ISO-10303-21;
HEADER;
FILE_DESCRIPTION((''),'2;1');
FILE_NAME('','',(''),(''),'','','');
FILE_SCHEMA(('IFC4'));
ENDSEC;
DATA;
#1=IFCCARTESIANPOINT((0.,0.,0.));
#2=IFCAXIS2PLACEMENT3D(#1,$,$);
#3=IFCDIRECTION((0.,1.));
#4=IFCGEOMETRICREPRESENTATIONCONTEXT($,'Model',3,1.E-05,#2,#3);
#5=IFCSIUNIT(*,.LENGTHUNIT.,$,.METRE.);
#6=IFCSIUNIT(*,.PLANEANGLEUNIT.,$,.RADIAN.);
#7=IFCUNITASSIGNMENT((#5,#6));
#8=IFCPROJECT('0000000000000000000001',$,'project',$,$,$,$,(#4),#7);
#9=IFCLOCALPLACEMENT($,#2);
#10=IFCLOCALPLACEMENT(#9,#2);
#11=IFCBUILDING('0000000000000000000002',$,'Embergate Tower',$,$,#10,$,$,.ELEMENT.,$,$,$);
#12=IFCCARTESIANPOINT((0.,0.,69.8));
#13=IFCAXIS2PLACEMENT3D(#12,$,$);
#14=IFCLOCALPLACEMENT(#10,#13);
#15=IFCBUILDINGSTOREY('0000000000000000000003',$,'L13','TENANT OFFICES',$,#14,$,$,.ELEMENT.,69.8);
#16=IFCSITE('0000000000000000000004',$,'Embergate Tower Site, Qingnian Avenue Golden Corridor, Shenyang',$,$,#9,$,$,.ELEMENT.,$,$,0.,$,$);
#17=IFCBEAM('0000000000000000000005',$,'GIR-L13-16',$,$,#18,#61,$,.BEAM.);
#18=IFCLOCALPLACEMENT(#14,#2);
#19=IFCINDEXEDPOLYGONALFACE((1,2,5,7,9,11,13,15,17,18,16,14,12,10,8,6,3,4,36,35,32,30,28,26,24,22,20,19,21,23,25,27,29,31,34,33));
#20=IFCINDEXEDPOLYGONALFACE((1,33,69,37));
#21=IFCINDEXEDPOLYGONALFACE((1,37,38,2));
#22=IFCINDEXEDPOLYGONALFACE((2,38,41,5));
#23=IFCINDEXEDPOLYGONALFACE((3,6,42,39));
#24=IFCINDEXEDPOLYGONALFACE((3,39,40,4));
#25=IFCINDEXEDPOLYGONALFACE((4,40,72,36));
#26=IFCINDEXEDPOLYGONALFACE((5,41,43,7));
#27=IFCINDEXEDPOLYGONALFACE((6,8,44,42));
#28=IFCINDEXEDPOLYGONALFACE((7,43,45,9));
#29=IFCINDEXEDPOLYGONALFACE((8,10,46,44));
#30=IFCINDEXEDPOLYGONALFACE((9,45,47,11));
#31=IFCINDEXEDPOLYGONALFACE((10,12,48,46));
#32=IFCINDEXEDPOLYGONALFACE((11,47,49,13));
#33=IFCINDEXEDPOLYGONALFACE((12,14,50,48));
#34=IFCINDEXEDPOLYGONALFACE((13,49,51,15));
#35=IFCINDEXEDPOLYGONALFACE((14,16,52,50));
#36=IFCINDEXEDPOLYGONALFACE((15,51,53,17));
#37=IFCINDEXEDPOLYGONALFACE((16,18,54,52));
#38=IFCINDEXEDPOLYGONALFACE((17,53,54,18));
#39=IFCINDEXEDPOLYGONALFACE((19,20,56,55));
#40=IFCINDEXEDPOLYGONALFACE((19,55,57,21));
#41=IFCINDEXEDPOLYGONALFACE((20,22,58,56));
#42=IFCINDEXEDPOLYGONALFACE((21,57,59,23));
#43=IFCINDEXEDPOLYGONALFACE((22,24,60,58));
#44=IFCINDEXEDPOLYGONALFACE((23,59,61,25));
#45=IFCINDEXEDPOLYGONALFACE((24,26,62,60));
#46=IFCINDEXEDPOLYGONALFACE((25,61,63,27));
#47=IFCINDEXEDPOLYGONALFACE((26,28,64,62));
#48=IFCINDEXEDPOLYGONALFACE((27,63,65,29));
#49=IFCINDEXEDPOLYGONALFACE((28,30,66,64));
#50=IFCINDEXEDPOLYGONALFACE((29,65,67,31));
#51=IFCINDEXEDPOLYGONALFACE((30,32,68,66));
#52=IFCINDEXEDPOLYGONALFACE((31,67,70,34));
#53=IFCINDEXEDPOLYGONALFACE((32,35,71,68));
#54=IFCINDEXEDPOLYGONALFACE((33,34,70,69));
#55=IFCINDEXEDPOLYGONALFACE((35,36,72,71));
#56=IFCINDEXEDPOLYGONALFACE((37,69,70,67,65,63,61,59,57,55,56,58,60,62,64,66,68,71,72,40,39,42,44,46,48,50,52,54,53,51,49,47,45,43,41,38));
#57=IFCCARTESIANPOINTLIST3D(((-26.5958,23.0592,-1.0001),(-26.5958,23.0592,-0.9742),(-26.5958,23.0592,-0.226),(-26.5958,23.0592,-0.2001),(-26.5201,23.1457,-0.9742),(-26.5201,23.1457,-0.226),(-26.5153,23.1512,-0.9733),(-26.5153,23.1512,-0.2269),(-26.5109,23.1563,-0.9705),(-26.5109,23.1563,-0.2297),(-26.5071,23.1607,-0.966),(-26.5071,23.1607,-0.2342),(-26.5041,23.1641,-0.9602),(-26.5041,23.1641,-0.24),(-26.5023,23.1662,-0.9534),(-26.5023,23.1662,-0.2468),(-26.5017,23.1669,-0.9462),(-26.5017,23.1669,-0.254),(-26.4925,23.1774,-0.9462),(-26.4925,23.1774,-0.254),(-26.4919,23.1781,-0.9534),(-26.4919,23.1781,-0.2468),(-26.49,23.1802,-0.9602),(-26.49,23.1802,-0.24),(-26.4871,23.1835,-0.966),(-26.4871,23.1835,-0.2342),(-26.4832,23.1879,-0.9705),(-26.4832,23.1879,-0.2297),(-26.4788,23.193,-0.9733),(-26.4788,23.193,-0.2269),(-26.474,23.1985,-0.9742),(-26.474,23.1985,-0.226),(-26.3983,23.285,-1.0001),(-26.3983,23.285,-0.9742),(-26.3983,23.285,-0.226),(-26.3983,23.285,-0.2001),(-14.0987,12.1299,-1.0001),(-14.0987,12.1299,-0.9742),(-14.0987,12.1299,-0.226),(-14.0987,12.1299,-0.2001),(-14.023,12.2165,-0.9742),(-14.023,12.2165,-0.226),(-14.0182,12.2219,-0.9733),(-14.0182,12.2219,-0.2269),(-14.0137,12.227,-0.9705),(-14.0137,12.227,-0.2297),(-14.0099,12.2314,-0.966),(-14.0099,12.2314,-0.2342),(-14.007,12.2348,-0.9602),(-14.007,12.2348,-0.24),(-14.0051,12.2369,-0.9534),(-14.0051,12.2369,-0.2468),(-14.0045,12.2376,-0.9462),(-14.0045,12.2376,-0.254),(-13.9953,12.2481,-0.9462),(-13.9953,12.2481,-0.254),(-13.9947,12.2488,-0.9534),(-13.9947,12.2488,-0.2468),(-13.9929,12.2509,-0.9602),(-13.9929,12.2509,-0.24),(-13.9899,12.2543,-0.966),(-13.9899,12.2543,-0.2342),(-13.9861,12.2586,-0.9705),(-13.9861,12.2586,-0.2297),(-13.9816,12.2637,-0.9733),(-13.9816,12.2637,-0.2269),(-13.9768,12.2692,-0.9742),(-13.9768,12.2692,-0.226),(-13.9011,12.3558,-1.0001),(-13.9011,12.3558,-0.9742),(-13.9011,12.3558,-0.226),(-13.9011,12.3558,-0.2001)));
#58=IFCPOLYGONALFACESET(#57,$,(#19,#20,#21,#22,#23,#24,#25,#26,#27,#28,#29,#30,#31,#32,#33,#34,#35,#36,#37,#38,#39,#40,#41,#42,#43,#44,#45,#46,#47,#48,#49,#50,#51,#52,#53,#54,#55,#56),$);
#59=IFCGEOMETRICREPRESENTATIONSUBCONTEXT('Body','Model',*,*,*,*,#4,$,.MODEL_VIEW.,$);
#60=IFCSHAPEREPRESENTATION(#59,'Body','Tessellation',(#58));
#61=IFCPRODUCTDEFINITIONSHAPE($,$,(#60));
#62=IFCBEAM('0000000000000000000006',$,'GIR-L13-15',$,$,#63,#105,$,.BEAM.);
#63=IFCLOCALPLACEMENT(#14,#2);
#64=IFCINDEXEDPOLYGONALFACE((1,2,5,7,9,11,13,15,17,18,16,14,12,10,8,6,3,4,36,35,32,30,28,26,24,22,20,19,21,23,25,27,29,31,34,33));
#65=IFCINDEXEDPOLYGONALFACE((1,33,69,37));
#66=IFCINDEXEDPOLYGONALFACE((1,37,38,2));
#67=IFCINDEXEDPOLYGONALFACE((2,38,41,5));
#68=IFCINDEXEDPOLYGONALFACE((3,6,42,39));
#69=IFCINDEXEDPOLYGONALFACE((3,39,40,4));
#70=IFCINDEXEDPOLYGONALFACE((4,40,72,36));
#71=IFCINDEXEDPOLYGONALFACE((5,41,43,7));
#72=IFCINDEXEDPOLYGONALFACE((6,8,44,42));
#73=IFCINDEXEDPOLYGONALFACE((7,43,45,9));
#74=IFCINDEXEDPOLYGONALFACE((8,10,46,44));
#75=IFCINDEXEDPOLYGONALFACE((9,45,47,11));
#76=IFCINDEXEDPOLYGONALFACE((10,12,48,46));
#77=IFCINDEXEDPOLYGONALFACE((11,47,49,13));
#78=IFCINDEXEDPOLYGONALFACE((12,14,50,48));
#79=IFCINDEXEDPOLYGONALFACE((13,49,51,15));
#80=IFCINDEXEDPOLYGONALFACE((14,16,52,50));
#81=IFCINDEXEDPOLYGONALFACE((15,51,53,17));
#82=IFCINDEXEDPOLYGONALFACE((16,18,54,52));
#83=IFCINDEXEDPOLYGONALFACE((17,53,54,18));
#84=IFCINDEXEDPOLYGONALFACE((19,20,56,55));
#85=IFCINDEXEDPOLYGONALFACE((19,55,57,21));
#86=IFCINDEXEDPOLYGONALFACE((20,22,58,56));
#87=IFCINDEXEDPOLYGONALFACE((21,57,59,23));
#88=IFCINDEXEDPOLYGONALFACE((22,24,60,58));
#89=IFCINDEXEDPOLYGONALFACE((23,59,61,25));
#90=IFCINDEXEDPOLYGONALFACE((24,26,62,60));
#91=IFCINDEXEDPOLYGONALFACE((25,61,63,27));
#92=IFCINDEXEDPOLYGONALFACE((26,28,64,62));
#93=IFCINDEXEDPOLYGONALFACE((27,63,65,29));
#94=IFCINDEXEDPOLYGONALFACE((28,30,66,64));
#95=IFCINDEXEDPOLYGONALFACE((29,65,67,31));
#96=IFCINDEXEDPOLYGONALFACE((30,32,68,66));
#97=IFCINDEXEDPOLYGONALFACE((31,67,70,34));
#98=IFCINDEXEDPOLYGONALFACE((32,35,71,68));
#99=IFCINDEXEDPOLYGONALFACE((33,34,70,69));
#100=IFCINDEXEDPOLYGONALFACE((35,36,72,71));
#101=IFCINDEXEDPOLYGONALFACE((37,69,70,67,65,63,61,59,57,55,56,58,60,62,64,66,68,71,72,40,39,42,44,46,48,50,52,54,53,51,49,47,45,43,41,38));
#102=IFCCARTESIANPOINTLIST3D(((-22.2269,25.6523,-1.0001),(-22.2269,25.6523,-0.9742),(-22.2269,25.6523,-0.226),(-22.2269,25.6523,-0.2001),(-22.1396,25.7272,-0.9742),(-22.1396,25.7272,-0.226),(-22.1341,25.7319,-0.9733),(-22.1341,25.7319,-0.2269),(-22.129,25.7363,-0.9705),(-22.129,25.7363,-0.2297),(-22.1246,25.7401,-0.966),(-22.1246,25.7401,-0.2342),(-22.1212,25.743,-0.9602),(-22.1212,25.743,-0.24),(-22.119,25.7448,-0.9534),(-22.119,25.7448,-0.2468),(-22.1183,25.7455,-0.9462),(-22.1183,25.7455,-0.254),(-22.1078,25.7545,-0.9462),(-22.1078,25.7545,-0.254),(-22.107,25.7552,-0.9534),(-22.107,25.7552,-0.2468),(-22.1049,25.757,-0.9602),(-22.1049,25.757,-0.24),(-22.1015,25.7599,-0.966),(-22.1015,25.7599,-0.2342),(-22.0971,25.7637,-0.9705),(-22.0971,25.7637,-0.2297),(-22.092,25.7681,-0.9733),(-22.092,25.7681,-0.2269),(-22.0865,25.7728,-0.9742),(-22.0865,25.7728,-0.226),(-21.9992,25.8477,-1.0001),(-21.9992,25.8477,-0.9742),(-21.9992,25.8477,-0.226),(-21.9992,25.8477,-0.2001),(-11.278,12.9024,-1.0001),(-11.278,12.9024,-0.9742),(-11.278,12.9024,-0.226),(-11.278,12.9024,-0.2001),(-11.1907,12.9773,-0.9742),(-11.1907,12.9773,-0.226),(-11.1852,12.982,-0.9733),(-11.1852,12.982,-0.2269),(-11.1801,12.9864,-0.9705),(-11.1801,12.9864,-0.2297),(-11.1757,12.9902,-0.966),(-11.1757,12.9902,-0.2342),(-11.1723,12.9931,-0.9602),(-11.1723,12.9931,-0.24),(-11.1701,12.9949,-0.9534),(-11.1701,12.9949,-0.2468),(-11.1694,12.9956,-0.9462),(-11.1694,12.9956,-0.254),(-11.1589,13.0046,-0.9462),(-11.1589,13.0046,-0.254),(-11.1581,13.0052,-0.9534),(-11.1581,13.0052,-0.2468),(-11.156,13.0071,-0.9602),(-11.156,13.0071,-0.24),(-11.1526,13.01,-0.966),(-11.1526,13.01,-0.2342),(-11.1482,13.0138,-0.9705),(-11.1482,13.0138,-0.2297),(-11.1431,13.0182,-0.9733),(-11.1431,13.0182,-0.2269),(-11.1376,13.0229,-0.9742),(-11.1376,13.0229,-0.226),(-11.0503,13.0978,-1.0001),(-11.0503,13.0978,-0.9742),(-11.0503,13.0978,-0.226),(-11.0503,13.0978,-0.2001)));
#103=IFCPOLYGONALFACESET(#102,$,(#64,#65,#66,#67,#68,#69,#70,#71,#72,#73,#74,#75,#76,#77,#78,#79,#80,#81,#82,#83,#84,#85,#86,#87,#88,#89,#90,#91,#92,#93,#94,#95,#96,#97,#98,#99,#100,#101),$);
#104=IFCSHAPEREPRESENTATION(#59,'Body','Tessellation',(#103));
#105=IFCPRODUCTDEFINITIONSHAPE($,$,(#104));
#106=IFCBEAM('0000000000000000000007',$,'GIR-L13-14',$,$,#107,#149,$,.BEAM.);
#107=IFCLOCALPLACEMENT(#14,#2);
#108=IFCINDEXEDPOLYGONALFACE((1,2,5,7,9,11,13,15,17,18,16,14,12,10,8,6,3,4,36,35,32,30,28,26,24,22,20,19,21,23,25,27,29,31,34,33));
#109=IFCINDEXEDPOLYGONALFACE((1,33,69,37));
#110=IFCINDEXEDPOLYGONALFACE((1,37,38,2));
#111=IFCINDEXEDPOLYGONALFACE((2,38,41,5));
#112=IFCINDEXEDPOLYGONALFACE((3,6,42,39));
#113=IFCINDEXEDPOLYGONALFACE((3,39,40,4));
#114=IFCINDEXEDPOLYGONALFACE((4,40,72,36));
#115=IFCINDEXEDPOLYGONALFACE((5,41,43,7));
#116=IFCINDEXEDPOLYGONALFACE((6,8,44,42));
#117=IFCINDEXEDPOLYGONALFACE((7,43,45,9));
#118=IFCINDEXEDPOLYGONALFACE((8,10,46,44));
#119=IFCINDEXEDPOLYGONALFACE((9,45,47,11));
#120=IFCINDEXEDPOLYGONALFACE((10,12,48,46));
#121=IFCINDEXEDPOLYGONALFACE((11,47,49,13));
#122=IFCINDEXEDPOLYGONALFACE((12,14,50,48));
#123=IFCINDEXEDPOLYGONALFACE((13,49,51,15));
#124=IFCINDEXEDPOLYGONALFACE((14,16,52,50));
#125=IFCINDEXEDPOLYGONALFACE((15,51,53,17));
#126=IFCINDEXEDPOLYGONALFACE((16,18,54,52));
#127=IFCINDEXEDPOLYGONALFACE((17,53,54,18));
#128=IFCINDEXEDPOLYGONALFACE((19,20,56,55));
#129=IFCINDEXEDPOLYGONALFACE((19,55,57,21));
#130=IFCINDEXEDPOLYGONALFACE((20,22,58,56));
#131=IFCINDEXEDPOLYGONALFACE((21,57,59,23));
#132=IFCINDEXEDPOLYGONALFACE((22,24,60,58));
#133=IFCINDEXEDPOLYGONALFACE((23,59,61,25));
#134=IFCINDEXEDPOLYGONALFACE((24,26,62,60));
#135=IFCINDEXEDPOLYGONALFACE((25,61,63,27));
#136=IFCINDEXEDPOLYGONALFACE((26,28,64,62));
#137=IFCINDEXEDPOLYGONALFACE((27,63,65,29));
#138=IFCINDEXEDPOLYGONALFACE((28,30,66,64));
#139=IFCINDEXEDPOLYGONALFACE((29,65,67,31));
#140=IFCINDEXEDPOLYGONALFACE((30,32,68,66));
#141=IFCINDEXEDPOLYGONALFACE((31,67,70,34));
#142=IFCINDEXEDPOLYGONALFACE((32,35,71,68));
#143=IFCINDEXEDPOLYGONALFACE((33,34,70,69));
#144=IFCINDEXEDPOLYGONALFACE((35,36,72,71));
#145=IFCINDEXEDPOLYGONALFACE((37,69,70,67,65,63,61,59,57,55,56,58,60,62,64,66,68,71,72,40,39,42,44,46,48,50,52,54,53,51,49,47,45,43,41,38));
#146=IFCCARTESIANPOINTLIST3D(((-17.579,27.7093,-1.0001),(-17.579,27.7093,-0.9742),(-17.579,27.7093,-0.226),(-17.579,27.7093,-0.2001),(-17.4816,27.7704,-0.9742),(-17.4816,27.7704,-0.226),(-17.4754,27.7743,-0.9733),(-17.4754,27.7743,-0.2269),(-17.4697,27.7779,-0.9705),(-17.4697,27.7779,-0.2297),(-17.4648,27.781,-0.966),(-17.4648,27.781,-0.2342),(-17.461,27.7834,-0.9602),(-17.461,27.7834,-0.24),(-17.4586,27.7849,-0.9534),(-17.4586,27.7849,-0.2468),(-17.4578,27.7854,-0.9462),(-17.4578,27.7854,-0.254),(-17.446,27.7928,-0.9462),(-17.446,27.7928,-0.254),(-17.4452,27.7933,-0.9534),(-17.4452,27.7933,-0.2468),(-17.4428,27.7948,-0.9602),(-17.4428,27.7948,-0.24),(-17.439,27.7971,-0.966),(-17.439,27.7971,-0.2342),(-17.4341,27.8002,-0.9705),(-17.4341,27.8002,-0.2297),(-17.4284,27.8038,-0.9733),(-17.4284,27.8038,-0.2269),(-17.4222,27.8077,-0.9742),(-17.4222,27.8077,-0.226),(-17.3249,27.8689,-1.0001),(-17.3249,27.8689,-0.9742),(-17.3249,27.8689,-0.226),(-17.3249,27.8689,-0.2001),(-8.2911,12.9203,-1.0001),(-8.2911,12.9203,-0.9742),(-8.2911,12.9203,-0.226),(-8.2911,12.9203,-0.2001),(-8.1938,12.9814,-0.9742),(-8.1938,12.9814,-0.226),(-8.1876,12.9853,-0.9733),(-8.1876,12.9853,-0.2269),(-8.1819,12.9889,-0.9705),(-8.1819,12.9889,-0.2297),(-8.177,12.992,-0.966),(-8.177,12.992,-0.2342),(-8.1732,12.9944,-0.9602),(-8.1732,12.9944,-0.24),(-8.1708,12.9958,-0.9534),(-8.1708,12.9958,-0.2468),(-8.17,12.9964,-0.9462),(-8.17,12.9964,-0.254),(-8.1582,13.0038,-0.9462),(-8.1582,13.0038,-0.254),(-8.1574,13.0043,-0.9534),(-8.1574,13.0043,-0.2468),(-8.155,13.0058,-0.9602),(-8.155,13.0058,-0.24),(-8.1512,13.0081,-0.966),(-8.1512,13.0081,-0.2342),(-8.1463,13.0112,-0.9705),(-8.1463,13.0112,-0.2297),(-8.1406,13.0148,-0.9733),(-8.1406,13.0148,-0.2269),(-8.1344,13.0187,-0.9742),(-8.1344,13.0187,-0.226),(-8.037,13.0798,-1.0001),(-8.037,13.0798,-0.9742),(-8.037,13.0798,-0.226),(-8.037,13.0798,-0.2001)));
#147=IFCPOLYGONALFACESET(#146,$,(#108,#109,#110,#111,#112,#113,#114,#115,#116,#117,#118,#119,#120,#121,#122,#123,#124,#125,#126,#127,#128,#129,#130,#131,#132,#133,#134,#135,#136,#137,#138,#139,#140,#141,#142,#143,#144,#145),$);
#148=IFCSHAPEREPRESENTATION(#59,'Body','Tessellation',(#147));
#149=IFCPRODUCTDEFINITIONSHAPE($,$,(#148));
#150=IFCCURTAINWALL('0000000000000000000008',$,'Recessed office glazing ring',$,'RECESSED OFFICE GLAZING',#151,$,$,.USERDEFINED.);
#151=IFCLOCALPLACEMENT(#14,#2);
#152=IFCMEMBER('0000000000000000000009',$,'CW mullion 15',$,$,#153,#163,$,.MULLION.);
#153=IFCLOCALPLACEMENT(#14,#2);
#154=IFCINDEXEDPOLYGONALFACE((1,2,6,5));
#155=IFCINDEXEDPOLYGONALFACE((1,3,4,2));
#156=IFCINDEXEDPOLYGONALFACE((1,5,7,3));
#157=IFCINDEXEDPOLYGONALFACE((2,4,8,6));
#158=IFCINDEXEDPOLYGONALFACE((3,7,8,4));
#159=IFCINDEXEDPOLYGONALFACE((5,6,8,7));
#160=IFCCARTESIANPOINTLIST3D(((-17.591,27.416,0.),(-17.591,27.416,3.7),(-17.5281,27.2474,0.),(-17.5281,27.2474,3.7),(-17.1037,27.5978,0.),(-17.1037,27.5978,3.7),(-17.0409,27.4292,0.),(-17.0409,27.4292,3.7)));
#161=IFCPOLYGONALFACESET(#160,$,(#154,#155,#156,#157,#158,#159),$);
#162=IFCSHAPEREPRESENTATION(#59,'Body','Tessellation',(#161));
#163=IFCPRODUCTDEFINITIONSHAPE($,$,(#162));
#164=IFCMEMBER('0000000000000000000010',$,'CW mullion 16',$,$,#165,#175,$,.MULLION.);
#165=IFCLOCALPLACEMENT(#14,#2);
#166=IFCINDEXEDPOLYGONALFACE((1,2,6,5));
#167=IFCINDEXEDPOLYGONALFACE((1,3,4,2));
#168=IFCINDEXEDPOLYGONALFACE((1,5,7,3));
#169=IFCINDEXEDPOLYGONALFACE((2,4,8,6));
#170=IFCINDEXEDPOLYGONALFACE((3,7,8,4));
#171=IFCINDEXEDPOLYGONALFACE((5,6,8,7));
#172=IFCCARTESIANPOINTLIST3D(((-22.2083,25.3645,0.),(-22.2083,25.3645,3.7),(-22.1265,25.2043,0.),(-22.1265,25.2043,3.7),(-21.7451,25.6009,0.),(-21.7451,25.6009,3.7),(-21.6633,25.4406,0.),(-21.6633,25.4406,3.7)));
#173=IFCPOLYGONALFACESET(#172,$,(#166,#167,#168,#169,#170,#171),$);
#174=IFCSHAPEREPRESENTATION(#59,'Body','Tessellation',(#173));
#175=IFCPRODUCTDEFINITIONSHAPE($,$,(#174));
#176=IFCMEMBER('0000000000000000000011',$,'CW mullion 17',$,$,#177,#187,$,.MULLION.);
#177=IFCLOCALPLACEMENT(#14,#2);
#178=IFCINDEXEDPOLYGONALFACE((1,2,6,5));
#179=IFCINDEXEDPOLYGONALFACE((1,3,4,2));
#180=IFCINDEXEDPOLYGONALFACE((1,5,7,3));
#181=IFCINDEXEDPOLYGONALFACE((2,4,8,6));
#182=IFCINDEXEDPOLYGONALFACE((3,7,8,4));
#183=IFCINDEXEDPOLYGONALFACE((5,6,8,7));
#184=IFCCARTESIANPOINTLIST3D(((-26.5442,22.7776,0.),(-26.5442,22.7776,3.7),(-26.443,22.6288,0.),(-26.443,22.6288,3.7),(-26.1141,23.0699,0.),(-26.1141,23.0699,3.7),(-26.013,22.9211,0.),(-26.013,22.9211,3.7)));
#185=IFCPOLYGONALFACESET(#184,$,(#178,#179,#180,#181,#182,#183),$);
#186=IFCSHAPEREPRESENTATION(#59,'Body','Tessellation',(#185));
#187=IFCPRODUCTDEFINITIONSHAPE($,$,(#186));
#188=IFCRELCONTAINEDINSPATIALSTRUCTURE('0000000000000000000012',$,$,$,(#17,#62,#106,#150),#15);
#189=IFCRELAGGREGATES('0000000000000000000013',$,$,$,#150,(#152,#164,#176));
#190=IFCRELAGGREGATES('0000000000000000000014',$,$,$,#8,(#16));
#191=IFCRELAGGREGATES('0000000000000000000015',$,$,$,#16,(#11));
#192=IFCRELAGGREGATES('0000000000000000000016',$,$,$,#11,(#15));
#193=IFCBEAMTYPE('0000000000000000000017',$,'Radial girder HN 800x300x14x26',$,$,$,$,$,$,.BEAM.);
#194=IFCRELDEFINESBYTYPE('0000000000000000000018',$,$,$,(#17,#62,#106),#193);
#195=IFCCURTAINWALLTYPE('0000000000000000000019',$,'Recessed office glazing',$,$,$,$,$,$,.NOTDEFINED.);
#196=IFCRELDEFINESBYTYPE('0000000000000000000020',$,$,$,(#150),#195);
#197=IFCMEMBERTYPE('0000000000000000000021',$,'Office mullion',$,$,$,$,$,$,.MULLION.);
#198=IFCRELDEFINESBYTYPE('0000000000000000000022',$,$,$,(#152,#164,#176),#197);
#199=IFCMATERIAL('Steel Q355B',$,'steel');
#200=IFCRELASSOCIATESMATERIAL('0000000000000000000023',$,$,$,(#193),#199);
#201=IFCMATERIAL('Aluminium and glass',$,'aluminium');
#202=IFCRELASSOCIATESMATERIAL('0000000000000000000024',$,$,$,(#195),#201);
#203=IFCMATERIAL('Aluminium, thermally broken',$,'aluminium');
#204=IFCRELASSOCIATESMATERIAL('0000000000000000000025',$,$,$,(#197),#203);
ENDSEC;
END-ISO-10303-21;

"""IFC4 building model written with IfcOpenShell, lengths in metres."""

from ifc_helpers import new_model, si_unit, direction, frame, origin, origin_2d, place, context, subcontext, project, spatial, rectangle, i_section, extrude, source, transform, mapped, material, material_profile, profile_set, type_object, element, aggregate, save


model = new_model("IFC4")

# Units and contexts
model_context = context("Model", 3, precision=1e-05, world=origin(), true_north=direction((0.0, 1.0)))
body_context = subcontext(model_context, "Body", "Model", "MODEL_VIEW")
ifc_project = project(units=[si_unit("LENGTHUNIT", "METRE"), si_unit("PLANEANGLEUNIT", "RADIAN")], contexts=[model_context])

# Site, building, storey
site_placement = place(None, origin())
site = spatial("IfcSite", under=ifc_project, at=site_placement, Name="Embergate Tower Site, Qingnian Avenue Golden Corridor, Shenyang", CompositionType="ELEMENT", RefElevation=0.0)
building_placement = place(site_placement, origin())
building = spatial("IfcBuilding", under=site, at=building_placement, Name="Embergate Tower", CompositionType="ELEMENT")
storey_placement = place(building_placement, frame((0.0, 0.0, 69.8)))
storey = spatial("IfcBuildingStorey", under=building, at=storey_placement, Name="L13", Description="TENANT OFFICES", CompositionType="ELEMENT", Elevation=69.8)

# Beams
ifc_material_1 = material(Name="Steel Q355B", Category="steel")
ifc_material_profile_1 = material_profile(ifc_material_1, i_section(OverallWidth=0.3, OverallDepth=0.8, WebThickness=0.0139, FlangeThickness=0.0259, FilletRadius=0.0281, at=origin_2d()), Name="HN 800x300x14x26")
ifc_profile_set_1 = profile_set([ifc_material_profile_1], Name="Steel Q355 grade B")
beam_type_1 = type_object("IfcBeamType", Name="Radial girder HN 800x300x14x26", PredefinedType="BEAM", material=ifc_profile_set_1)
shared_shape_1 = source(origin(), body_context, "Body", "SweptSolid", [
    extrude(i_section(OverallWidth=0.3, OverallDepth=0.8, WebThickness=0.0139, FlangeThickness=0.0259, FilletRadius=0.0281, at=origin_2d()), origin(), (0.0, 0.0, 1.0), 16.6021),
])
beam_1_placement = place(storey_placement, frame((-26.4971, 23.1721, -0.6001), z_axis=(0.752748, -0.658309, 0.0), x_axis=(0.658309, 0.752748, 0.0)))
element("IfcBeam", 1, at=beam_1_placement, inside=storey, type_object=beam_type_1, Name="GIR-L13-16", PredefinedType="BEAM", context=body_context, shape_type="MappedRepresentation", body=[
    mapped(shared_shape_1, transform((0.0, 0.0, 0.0))),
])
shared_shape_2 = source(origin(), body_context, "Body", "SweptSolid", [
    extrude(i_section(OverallWidth=0.3, OverallDepth=0.8, WebThickness=0.0139, FlangeThickness=0.0259, FilletRadius=0.0281, at=origin_2d()), origin(), (0.0, 0.0, 1.0), 16.8059),
])
beam_2_placement = place(storey_placement, frame((-22.113, 25.75, -0.6001), z_axis=(0.651491, -0.758656, 0.0), x_axis=(0.758656, 0.651491, 0.0)))
element("IfcBeam", 2, at=beam_2_placement, inside=storey, type_object=beam_type_1, Name="GIR-L13-15", PredefinedType="BEAM", context=body_context, shape_type="MappedRepresentation", body=[
    mapped(shared_shape_2, transform((0.0, 0.0, 0.0))),
])
shared_shape_3 = source(origin(), body_context, "Body", "SweptSolid", [
    extrude(i_section(OverallWidth=0.3, OverallDepth=0.8, WebThickness=0.0139, FlangeThickness=0.0259, FilletRadius=0.0281, at=origin_2d()), origin(), (0.0, 0.0, 1.0), 17.4636),
])
beam_3_placement = place(storey_placement, frame((-17.4519, 27.7891, -0.6001), z_axis=(0.531837, -0.846847, 0.0), x_axis=(0.846847, 0.531837, 0.0)))
element("IfcBeam", 3, at=beam_3_placement, inside=storey, type_object=beam_type_1, Name="GIR-L13-14", PredefinedType="BEAM", context=body_context, shape_type="MappedRepresentation", body=[
    mapped(shared_shape_3, transform((0.0, 0.0, 0.0))),
])

# Curtain wall, members
ifc_material_2 = material(Name="Aluminium and glass", Category="aluminium")
curtain_wall_type = type_object("IfcCurtainWallType", Name="Recessed office glazing", PredefinedType="NOTDEFINED", material=ifc_material_2)
curtain_wall_placement = place(storey_placement, origin())
curtain_wall = element("IfcCurtainWall", 4, at=curtain_wall_placement, inside=storey, type_object=curtain_wall_type, Name="Recessed office glazing ring", ObjectType="RECESSED OFFICE GLAZING", PredefinedType="USERDEFINED")
ifc_material_3 = material(Name="Aluminium, thermally broken", Category="aluminium")
ifc_material_profile_2 = material_profile(ifc_material_3, rectangle(XDim=0.1799, YDim=0.52, at=origin_2d()), Name="AL 520x180")
ifc_profile_set_2 = profile_set([ifc_material_profile_2], Name="Aluminium, thermally broken")
member_type_1 = type_object("IfcMemberType", Name="Office mullion", PredefinedType="MULLION", material=ifc_profile_set_2)
shared_shape_4 = source(origin(), body_context, "Body", "SweptSolid", [
    extrude(rectangle(XDim=0.1799, YDim=0.52, at=origin_2d()), origin(), (0.0, 0.0, 1.0), 3.7),
])
member_1_placement = place(storey_placement, frame((-17.3159, 27.4226, 0.0), z_axis=(0.0, 0.0, 1.0), x_axis=(0.349508, -0.936934, 0.0)))
member_1 = element("IfcMember", 5, at=member_1_placement, type_object=member_type_1, Name="CW mullion 15", PredefinedType="MULLION", context=body_context, shape_type="MappedRepresentation", body=[
    mapped(shared_shape_4, transform((0.0, 0.0, 0.0))),
])
member_2_placement = place(storey_placement, frame((-21.9358, 25.4026, 0.0), z_axis=(0.0, 0.0, 1.0), x_axis=(0.454516, -0.890739, 0.0)))
member_2 = element("IfcMember", 6, at=member_2_placement, type_object=member_type_1, Name="CW mullion 16", PredefinedType="MULLION", context=body_context, shape_type="MappedRepresentation", body=[
    mapped(shared_shape_4, transform((0.0, 0.0, 0.0))),
])
member_3_placement = place(storey_placement, frame((-26.2786, 22.8494, 0.0), z_axis=(0.0, 0.0, 1.0), x_axis=(0.562223, -0.826985, 0.0)))
member_3 = element("IfcMember", 7, at=member_3_placement, type_object=member_type_1, Name="CW mullion 17", PredefinedType="MULLION", context=body_context, shape_type="MappedRepresentation", body=[
    mapped(shared_shape_4, transform((0.0, 0.0, 0.0))),
])
aggregate(curtain_wall, [member_1, member_2, member_3])

save(model, "model.ifc")
